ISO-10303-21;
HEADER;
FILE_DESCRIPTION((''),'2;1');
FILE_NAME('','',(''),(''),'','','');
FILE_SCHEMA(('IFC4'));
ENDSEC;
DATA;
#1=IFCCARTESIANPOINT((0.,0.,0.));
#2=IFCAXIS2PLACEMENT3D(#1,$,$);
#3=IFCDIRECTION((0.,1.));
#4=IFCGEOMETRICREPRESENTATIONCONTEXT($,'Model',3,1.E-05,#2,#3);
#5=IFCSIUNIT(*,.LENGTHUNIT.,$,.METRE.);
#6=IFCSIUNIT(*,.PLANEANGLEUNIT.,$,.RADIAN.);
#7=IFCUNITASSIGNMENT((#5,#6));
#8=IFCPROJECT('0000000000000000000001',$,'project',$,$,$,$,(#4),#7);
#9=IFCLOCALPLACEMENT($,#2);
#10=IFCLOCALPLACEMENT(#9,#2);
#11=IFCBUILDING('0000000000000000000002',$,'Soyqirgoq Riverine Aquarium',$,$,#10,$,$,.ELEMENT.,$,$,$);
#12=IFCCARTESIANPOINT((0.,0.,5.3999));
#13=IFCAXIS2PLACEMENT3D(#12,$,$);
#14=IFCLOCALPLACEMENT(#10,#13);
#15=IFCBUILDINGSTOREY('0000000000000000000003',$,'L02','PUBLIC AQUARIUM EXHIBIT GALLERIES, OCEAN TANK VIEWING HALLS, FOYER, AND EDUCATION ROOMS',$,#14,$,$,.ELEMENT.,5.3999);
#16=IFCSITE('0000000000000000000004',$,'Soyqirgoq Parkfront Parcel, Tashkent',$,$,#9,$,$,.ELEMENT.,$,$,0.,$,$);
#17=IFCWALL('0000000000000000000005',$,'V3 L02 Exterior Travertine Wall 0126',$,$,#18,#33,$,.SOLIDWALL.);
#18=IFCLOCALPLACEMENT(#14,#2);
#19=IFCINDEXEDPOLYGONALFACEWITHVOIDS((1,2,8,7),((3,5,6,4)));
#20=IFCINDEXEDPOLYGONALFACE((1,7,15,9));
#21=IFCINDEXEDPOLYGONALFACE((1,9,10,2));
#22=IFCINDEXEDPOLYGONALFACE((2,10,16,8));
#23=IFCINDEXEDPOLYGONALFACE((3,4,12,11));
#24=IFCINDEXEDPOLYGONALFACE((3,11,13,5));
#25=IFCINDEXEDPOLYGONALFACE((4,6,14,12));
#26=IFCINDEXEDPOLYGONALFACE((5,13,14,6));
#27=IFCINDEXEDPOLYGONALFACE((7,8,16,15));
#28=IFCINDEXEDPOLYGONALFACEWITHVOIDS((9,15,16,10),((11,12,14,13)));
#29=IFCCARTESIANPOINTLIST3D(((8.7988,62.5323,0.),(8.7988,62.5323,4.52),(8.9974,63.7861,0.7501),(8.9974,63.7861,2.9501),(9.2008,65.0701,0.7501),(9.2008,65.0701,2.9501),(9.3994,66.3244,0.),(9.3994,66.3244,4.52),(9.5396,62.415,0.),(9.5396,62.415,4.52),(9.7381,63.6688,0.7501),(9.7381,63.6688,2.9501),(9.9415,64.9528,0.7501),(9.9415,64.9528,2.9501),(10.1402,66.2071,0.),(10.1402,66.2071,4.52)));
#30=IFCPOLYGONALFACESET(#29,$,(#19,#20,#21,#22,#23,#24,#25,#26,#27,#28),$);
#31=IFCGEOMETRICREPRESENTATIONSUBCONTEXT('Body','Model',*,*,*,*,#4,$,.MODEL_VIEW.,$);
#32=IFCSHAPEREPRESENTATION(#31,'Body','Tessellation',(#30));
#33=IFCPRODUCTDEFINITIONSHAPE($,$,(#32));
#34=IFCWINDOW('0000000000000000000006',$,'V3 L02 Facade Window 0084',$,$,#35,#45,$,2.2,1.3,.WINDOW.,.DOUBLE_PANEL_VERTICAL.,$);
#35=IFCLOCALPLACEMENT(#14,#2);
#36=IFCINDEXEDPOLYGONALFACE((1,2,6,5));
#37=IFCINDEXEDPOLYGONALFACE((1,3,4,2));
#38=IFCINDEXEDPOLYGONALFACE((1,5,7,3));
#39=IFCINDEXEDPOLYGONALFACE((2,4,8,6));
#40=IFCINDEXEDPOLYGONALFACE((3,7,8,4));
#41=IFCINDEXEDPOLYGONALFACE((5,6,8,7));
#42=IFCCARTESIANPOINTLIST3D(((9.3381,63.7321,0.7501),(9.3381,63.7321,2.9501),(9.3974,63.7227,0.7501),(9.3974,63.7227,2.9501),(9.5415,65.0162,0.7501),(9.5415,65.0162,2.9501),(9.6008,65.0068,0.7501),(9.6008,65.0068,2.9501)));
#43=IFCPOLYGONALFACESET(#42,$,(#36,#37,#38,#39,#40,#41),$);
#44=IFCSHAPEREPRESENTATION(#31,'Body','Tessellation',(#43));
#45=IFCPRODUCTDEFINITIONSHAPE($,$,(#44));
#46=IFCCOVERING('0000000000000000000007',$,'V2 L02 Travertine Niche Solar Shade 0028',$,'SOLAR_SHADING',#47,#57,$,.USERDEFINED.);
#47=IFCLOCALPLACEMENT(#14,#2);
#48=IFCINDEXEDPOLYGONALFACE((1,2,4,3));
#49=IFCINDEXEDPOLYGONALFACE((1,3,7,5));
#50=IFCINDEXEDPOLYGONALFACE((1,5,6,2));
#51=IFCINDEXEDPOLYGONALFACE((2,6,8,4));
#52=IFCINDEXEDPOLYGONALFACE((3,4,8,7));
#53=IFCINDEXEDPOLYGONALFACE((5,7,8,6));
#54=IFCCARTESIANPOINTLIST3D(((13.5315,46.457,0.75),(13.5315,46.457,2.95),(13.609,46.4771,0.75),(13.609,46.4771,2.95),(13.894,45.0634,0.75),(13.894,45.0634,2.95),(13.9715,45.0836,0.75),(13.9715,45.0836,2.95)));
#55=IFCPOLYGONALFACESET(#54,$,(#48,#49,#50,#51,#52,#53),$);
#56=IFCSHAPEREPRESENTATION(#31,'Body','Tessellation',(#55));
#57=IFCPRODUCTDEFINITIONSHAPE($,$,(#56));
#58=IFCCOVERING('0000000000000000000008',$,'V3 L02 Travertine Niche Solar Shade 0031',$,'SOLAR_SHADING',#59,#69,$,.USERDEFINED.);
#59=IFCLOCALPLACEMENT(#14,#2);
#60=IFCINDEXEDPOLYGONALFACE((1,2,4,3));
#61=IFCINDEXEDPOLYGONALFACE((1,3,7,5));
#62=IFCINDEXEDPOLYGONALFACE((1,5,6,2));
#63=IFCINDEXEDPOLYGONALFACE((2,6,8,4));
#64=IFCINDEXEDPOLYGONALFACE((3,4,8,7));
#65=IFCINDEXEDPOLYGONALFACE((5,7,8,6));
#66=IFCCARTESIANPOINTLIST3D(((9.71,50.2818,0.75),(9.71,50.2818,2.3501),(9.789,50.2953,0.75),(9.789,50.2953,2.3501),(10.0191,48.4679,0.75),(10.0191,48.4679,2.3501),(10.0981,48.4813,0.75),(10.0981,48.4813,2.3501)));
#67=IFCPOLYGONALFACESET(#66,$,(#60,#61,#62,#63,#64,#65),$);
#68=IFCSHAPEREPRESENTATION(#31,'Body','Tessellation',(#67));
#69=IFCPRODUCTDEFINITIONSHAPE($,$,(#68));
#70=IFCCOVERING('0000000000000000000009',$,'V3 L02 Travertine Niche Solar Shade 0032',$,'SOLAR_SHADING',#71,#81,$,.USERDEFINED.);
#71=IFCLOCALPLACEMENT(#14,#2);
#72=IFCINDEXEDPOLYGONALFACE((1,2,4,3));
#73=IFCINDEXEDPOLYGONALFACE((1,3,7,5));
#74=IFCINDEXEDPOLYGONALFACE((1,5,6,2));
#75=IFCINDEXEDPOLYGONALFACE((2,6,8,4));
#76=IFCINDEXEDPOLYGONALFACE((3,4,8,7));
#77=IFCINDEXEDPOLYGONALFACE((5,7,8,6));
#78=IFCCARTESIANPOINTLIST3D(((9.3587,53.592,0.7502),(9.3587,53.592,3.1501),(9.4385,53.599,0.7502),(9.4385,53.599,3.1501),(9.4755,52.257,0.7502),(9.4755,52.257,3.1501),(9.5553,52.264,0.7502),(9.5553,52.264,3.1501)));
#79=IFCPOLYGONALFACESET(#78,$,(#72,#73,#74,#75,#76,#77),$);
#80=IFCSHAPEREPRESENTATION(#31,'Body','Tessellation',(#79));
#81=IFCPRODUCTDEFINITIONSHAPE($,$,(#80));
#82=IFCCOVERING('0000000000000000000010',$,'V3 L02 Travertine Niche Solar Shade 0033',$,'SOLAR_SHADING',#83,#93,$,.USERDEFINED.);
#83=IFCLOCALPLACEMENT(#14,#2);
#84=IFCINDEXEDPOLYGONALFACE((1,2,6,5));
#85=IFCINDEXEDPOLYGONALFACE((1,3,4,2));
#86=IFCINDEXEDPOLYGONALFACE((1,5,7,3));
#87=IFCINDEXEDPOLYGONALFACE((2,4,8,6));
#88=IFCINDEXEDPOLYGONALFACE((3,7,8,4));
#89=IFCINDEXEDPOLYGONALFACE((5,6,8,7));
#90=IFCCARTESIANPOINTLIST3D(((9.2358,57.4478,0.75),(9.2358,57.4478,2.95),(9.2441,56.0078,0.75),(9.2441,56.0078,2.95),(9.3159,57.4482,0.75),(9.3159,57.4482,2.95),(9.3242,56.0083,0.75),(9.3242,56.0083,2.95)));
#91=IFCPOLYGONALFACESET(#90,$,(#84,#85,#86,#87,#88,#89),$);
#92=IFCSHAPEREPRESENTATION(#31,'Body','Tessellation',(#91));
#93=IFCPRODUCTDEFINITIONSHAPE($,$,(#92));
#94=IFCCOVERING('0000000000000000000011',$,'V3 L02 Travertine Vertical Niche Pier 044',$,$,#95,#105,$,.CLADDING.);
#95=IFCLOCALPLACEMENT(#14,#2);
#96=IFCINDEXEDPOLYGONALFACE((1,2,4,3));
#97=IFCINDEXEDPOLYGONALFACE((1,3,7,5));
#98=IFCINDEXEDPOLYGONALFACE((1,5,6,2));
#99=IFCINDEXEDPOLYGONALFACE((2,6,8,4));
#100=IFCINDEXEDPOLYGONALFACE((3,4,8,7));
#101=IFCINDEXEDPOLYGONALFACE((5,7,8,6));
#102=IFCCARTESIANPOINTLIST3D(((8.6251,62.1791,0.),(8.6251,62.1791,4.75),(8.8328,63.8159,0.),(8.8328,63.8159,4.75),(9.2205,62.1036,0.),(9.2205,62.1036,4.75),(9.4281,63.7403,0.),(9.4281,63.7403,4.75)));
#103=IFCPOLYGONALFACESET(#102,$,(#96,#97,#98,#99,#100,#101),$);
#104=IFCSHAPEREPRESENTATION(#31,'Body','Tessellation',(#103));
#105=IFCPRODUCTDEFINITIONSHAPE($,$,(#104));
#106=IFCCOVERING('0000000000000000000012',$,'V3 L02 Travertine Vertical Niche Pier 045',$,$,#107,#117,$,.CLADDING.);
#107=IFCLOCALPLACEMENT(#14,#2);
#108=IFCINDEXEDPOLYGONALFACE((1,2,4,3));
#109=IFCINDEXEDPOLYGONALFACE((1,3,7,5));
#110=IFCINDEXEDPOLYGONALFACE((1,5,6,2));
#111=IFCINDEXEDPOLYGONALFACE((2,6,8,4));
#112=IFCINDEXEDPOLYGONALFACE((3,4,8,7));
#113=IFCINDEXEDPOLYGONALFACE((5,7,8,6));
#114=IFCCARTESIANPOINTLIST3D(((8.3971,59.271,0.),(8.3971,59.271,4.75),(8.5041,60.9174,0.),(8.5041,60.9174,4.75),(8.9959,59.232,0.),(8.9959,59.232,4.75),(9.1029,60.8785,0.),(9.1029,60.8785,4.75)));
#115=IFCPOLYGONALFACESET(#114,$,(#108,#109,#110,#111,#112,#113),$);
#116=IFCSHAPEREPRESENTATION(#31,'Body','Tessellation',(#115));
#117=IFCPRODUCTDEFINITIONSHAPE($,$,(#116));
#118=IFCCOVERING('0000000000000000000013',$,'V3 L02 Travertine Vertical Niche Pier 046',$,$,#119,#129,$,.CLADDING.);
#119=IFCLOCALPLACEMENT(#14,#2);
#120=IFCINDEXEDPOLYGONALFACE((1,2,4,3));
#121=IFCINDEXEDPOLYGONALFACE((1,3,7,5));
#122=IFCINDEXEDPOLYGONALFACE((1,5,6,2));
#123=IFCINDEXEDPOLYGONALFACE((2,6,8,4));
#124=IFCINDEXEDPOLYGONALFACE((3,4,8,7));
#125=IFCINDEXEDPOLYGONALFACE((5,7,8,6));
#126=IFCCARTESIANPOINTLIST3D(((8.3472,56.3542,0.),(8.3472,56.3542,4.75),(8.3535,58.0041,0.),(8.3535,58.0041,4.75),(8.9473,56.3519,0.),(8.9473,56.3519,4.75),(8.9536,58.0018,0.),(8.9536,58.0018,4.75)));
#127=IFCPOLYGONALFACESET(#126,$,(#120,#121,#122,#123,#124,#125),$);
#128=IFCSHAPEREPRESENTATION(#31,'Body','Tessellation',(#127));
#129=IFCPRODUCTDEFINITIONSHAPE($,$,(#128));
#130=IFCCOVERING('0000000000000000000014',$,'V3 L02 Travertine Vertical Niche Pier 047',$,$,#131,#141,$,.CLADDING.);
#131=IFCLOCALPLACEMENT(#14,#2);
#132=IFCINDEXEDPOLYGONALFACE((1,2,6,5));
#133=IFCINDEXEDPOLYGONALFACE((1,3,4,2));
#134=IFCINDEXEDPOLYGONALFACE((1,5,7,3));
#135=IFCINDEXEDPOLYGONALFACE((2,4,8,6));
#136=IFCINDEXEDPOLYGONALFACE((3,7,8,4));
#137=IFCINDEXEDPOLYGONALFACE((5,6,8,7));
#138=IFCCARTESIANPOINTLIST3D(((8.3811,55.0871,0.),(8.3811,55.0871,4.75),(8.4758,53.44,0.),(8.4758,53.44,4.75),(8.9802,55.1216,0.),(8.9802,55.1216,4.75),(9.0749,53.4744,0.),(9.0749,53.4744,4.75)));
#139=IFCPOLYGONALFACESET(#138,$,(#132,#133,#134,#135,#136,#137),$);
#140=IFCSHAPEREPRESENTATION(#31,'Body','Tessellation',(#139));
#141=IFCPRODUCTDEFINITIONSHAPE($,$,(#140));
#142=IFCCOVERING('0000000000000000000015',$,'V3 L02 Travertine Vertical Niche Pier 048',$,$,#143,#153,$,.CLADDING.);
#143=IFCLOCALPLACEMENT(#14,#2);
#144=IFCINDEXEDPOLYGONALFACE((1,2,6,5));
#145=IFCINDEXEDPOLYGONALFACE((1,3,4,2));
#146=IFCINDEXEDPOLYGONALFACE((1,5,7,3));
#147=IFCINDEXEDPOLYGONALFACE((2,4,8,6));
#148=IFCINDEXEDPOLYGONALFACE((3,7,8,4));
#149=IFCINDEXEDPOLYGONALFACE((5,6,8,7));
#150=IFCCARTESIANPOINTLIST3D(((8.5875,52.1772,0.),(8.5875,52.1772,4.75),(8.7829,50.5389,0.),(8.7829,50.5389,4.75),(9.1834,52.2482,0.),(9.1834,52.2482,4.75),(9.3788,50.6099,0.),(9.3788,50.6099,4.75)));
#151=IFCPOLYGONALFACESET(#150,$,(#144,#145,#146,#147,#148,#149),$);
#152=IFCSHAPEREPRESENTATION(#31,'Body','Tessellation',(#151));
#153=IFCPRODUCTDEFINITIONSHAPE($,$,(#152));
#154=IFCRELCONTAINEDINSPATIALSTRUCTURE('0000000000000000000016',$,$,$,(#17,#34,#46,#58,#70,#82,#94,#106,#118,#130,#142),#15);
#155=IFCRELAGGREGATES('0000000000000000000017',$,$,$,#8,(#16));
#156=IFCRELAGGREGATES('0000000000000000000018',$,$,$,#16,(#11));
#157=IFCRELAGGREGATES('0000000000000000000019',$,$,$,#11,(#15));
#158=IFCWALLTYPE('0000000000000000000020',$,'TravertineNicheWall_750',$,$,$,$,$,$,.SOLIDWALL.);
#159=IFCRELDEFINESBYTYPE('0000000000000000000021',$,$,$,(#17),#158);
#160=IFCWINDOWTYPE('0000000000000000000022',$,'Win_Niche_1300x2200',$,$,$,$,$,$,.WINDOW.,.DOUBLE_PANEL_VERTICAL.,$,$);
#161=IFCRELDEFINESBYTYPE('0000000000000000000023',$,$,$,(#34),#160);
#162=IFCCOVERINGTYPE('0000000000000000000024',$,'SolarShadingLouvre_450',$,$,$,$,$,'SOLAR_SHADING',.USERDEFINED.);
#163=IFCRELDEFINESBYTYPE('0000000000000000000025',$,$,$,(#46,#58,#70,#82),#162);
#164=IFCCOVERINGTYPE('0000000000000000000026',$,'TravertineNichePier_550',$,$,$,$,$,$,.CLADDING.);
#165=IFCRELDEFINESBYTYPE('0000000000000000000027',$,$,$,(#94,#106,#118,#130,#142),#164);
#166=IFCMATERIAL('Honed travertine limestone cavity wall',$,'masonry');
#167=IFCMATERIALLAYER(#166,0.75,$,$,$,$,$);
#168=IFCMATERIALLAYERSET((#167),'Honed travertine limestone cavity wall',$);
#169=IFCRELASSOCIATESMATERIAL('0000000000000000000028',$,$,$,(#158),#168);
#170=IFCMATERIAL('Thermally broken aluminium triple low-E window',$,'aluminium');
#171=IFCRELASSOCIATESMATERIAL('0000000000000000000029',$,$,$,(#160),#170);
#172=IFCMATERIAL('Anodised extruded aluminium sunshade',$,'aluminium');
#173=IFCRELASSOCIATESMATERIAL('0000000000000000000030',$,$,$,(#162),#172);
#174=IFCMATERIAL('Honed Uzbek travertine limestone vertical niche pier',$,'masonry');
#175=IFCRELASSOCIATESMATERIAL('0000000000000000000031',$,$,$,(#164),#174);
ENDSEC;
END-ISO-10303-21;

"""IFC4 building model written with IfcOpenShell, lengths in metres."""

from ifc_helpers import new_model, si_unit, direction, frame, frame_2d, origin, origin_2d, place, context, subcontext, project, spatial, rectangle, extrude, material, layer, layer_set, type_object, element, fill, save


model = new_model("IFC4")

# Units and contexts
model_context = context("Model", 3, precision=1e-05, world=origin(), true_north=direction((0.0, 1.0)))
body_context = subcontext(model_context, "Body", "Model", "MODEL_VIEW")
ifc_project = project(units=[si_unit("LENGTHUNIT", "METRE"), si_unit("PLANEANGLEUNIT", "RADIAN")], contexts=[model_context])

# Site, building, storey
site_placement = place(None, origin())
site = spatial("IfcSite", under=ifc_project, at=site_placement, Name="Soyqirgoq Parkfront Parcel, Tashkent", CompositionType="ELEMENT", RefElevation=0.0)
building_placement = place(site_placement, origin())
building = spatial("IfcBuilding", under=site, at=building_placement, Name="Soyqirgoq Riverine Aquarium", CompositionType="ELEMENT")
storey_placement = place(building_placement, frame((0.0, 0.0, 5.3999)))
storey = spatial("IfcBuildingStorey", under=building, at=storey_placement, Name="L02", Description="PUBLIC AQUARIUM EXHIBIT GALLERIES, OCEAN TANK VIEWING HALLS, FOYER, AND EDUCATION ROOMS", CompositionType="ELEMENT", Elevation=5.3999)

# Shared definitions
ifc_material_1 = material(Name="Honed travertine limestone cavity wall", Category="masonry")
ifc_layer_1 = layer(ifc_material_1, 0.75)
ifc_layer_set_1 = layer_set([ifc_layer_1], Name="Honed travertine limestone cavity wall")
wall_type_1 = type_object("IfcWallType", Name="TravertineNicheWall_750", PredefinedType="SOLIDWALL", material=ifc_layer_set_1)

# Wall, opening, window
wall_1_placement = place(storey_placement, frame((9.1692, 62.4736, 0.0), z_axis=(0.0, 0.0, 1.0), x_axis=(0.156433, 0.987689, 0.0)))
wall_1 = element("IfcWall", 1, at=wall_1_placement, inside=storey, type_object=wall_type_1, Name="V3 L02 Exterior Travertine Wall 0126", PredefinedType="SOLIDWALL", context=body_context, shape_type="SweptSolid", body=[
    extrude(rectangle(XDim=3.8394, YDim=0.75, at=frame_2d((1.9197, 0.0))), origin(), (0.0, 0.0, 1.0), 4.52),
])
opening_1_placement = place(wall_1_placement, frame((1.2695, 0.0, 0.75)))
opening_1 = element("IfcOpeningElement", 2, at=opening_1_placement, cuts=wall_1, PredefinedType="OPENING", context=body_context, shape_type="SweptSolid", body=[
    extrude(rectangle(XDim=1.3, YDim=2.2, at=frame_2d((0.6499, 1.1001))), frame((0.0, 0.385, 0.0), z_axis=(0.0, -1.0, 0.0), x_axis=(1.0, 0.0, 0.0)), (0.0, 0.0, 1.0), 0.77),
])
ifc_material_2 = material(Name="Thermally broken aluminium triple low-E window", Category="aluminium")
window_type_1 = type_object("IfcWindowType", Name="Win_Niche_1300x2200", PartitioningType="DOUBLE_PANEL_VERTICAL", PredefinedType="WINDOW", material=ifc_material_2)
window_1_placement = place(opening_1_placement, origin())
window_1 = element("IfcWindow", 3, at=window_1_placement, inside=storey, type_object=window_type_1, Name="V3 L02 Facade Window 0084", OverallHeight=2.2, OverallWidth=1.3, PartitioningType="DOUBLE_PANEL_VERTICAL", PredefinedType="WINDOW", context=body_context, shape_type="SweptSolid", body=[
    extrude(rectangle(XDim=1.3, YDim=2.2, at=frame_2d((0.6499, 1.1001))), frame((0.0, 0.03, 0.0), z_axis=(0.0, -1.0, 0.0), x_axis=(1.0, 0.0, 0.0)), (0.0, 0.0, 1.0), 0.0601),
])
fill(opening_1, window_1)

# Coverings
ifc_material_3 = material(Name="Anodised extruded aluminium sunshade", Category="aluminium")
covering_type_1 = type_object("IfcCoveringType", Name="SolarShadingLouvre_450", ElementType="SOLAR_SHADING", PredefinedType="USERDEFINED", material=ifc_material_3)
covering_1_placement = place(storey_placement, frame((13.7515, 45.7703, 0.75), z_axis=(0.0, 0.0, 1.0), x_axis=(-0.251732, 0.967797, 0.0)))
element("IfcCovering", 4, at=covering_1_placement, inside=storey, type_object=covering_type_1, Name="V2 L02 Travertine Niche Solar Shade 0028", ObjectType="SOLAR_SHADING", PredefinedType="USERDEFINED", context=body_context, shape_type="SweptSolid", body=[
    extrude(rectangle(XDim=1.4399, YDim=0.0801, at=origin_2d()), origin(), (0.0, 0.0, 1.0), 2.2),
])
covering_2_placement = place(storey_placement, frame((9.9041, 49.3816, 0.75), z_axis=(0.0, 0.0, 1.0), x_axis=(-0.167973, 0.985792, 0.0)))
element("IfcCovering", 5, at=covering_2_placement, inside=storey, type_object=covering_type_1, Name="V3 L02 Travertine Niche Solar Shade 0031", ObjectType="SOLAR_SHADING", PredefinedType="USERDEFINED", context=body_context, shape_type="SweptSolid", body=[
    extrude(rectangle(XDim=1.8401, YDim=0.0801, at=origin_2d()), origin(), (0.0, 0.0, 1.0), 1.6001),
])
covering_3_placement = place(storey_placement, frame((9.457, 52.928, 0.7502), z_axis=(0.0, 0.0, 1.0), x_axis=(-0.087156, 0.996195, 0.0)))
element("IfcCovering", 6, at=covering_3_placement, inside=storey, type_object=covering_type_1, Name="V3 L02 Travertine Niche Solar Shade 0032", ObjectType="SOLAR_SHADING", PredefinedType="USERDEFINED", context=body_context, shape_type="SweptSolid", body=[
    extrude(rectangle(XDim=1.3401, YDim=0.0801, at=origin_2d()), origin(), (0.0, 0.0, 1.0), 2.3999),
])
covering_4_placement = place(storey_placement, frame((9.28, 56.728, 0.75), z_axis=(0.0, 0.0, 1.0), x_axis=(-0.00576, 0.999983, 0.0)))
element("IfcCovering", 7, at=covering_4_placement, inside=storey, type_object=covering_type_1, Name="V3 L02 Travertine Niche Solar Shade 0033", ObjectType="SOLAR_SHADING", PredefinedType="USERDEFINED", context=body_context, shape_type="SweptSolid", body=[
    extrude(rectangle(XDim=1.4399, YDim=0.0801, at=origin_2d()), origin(), (0.0, 0.0, 1.0), 2.2),
])
ifc_material_4 = material(Name="Honed Uzbek travertine limestone vertical niche pier", Category="masonry")
covering_type_2 = type_object("IfcCoveringType", Name="TravertineNichePier_550", PredefinedType="CLADDING", material=ifc_material_4)
for number, where, z_axis, x_axis, name in (
    (8, (9.0266, 62.9597, 0.0), (0.0, 0.0, 1.0), (-0.992049, 0.125853, 0.0), "V3 L02 Travertine Vertical Niche Pier 044"),
    (9, (8.75, 60.0747, 0.0), (0.0, 0.0, 1.0), (-0.997893, 0.064881, 0.0), "V3 L02 Travertine Vertical Niche Pier 045"),
    (10, (8.6504, 57.178, 0.0), (0.0, 0.0, 1.0), (-0.999993, 0.00384, 0.0), "V3 L02 Travertine Vertical Niche Pier 046"),
    (11, (8.728, 54.2808, 0.0), (0.0, 0.0, 1.0), (-0.998352, -0.05739, 0.0), "V3 L02 Travertine Vertical Niche Pier 047"),
    (12, (8.9832, 51.3936, 0.0), (0.0, 0.0, 1.0), (-0.992966, -0.118404, 0.0), "V3 L02 Travertine Vertical Niche Pier 048"),
):
    element("IfcCovering", number, at=place(storey_placement, frame(where, z_axis=z_axis, x_axis=x_axis)), inside=storey, type_object=covering_type_2, Name=name, PredefinedType="CLADDING", context=body_context, shape_type="SweptSolid", body=[
        extrude(rectangle(XDim=0.6001, YDim=1.6499, at=origin_2d()), origin(), (0.0, 0.0, 1.0), 4.75),
    ])

save(model, "model.ifc")
